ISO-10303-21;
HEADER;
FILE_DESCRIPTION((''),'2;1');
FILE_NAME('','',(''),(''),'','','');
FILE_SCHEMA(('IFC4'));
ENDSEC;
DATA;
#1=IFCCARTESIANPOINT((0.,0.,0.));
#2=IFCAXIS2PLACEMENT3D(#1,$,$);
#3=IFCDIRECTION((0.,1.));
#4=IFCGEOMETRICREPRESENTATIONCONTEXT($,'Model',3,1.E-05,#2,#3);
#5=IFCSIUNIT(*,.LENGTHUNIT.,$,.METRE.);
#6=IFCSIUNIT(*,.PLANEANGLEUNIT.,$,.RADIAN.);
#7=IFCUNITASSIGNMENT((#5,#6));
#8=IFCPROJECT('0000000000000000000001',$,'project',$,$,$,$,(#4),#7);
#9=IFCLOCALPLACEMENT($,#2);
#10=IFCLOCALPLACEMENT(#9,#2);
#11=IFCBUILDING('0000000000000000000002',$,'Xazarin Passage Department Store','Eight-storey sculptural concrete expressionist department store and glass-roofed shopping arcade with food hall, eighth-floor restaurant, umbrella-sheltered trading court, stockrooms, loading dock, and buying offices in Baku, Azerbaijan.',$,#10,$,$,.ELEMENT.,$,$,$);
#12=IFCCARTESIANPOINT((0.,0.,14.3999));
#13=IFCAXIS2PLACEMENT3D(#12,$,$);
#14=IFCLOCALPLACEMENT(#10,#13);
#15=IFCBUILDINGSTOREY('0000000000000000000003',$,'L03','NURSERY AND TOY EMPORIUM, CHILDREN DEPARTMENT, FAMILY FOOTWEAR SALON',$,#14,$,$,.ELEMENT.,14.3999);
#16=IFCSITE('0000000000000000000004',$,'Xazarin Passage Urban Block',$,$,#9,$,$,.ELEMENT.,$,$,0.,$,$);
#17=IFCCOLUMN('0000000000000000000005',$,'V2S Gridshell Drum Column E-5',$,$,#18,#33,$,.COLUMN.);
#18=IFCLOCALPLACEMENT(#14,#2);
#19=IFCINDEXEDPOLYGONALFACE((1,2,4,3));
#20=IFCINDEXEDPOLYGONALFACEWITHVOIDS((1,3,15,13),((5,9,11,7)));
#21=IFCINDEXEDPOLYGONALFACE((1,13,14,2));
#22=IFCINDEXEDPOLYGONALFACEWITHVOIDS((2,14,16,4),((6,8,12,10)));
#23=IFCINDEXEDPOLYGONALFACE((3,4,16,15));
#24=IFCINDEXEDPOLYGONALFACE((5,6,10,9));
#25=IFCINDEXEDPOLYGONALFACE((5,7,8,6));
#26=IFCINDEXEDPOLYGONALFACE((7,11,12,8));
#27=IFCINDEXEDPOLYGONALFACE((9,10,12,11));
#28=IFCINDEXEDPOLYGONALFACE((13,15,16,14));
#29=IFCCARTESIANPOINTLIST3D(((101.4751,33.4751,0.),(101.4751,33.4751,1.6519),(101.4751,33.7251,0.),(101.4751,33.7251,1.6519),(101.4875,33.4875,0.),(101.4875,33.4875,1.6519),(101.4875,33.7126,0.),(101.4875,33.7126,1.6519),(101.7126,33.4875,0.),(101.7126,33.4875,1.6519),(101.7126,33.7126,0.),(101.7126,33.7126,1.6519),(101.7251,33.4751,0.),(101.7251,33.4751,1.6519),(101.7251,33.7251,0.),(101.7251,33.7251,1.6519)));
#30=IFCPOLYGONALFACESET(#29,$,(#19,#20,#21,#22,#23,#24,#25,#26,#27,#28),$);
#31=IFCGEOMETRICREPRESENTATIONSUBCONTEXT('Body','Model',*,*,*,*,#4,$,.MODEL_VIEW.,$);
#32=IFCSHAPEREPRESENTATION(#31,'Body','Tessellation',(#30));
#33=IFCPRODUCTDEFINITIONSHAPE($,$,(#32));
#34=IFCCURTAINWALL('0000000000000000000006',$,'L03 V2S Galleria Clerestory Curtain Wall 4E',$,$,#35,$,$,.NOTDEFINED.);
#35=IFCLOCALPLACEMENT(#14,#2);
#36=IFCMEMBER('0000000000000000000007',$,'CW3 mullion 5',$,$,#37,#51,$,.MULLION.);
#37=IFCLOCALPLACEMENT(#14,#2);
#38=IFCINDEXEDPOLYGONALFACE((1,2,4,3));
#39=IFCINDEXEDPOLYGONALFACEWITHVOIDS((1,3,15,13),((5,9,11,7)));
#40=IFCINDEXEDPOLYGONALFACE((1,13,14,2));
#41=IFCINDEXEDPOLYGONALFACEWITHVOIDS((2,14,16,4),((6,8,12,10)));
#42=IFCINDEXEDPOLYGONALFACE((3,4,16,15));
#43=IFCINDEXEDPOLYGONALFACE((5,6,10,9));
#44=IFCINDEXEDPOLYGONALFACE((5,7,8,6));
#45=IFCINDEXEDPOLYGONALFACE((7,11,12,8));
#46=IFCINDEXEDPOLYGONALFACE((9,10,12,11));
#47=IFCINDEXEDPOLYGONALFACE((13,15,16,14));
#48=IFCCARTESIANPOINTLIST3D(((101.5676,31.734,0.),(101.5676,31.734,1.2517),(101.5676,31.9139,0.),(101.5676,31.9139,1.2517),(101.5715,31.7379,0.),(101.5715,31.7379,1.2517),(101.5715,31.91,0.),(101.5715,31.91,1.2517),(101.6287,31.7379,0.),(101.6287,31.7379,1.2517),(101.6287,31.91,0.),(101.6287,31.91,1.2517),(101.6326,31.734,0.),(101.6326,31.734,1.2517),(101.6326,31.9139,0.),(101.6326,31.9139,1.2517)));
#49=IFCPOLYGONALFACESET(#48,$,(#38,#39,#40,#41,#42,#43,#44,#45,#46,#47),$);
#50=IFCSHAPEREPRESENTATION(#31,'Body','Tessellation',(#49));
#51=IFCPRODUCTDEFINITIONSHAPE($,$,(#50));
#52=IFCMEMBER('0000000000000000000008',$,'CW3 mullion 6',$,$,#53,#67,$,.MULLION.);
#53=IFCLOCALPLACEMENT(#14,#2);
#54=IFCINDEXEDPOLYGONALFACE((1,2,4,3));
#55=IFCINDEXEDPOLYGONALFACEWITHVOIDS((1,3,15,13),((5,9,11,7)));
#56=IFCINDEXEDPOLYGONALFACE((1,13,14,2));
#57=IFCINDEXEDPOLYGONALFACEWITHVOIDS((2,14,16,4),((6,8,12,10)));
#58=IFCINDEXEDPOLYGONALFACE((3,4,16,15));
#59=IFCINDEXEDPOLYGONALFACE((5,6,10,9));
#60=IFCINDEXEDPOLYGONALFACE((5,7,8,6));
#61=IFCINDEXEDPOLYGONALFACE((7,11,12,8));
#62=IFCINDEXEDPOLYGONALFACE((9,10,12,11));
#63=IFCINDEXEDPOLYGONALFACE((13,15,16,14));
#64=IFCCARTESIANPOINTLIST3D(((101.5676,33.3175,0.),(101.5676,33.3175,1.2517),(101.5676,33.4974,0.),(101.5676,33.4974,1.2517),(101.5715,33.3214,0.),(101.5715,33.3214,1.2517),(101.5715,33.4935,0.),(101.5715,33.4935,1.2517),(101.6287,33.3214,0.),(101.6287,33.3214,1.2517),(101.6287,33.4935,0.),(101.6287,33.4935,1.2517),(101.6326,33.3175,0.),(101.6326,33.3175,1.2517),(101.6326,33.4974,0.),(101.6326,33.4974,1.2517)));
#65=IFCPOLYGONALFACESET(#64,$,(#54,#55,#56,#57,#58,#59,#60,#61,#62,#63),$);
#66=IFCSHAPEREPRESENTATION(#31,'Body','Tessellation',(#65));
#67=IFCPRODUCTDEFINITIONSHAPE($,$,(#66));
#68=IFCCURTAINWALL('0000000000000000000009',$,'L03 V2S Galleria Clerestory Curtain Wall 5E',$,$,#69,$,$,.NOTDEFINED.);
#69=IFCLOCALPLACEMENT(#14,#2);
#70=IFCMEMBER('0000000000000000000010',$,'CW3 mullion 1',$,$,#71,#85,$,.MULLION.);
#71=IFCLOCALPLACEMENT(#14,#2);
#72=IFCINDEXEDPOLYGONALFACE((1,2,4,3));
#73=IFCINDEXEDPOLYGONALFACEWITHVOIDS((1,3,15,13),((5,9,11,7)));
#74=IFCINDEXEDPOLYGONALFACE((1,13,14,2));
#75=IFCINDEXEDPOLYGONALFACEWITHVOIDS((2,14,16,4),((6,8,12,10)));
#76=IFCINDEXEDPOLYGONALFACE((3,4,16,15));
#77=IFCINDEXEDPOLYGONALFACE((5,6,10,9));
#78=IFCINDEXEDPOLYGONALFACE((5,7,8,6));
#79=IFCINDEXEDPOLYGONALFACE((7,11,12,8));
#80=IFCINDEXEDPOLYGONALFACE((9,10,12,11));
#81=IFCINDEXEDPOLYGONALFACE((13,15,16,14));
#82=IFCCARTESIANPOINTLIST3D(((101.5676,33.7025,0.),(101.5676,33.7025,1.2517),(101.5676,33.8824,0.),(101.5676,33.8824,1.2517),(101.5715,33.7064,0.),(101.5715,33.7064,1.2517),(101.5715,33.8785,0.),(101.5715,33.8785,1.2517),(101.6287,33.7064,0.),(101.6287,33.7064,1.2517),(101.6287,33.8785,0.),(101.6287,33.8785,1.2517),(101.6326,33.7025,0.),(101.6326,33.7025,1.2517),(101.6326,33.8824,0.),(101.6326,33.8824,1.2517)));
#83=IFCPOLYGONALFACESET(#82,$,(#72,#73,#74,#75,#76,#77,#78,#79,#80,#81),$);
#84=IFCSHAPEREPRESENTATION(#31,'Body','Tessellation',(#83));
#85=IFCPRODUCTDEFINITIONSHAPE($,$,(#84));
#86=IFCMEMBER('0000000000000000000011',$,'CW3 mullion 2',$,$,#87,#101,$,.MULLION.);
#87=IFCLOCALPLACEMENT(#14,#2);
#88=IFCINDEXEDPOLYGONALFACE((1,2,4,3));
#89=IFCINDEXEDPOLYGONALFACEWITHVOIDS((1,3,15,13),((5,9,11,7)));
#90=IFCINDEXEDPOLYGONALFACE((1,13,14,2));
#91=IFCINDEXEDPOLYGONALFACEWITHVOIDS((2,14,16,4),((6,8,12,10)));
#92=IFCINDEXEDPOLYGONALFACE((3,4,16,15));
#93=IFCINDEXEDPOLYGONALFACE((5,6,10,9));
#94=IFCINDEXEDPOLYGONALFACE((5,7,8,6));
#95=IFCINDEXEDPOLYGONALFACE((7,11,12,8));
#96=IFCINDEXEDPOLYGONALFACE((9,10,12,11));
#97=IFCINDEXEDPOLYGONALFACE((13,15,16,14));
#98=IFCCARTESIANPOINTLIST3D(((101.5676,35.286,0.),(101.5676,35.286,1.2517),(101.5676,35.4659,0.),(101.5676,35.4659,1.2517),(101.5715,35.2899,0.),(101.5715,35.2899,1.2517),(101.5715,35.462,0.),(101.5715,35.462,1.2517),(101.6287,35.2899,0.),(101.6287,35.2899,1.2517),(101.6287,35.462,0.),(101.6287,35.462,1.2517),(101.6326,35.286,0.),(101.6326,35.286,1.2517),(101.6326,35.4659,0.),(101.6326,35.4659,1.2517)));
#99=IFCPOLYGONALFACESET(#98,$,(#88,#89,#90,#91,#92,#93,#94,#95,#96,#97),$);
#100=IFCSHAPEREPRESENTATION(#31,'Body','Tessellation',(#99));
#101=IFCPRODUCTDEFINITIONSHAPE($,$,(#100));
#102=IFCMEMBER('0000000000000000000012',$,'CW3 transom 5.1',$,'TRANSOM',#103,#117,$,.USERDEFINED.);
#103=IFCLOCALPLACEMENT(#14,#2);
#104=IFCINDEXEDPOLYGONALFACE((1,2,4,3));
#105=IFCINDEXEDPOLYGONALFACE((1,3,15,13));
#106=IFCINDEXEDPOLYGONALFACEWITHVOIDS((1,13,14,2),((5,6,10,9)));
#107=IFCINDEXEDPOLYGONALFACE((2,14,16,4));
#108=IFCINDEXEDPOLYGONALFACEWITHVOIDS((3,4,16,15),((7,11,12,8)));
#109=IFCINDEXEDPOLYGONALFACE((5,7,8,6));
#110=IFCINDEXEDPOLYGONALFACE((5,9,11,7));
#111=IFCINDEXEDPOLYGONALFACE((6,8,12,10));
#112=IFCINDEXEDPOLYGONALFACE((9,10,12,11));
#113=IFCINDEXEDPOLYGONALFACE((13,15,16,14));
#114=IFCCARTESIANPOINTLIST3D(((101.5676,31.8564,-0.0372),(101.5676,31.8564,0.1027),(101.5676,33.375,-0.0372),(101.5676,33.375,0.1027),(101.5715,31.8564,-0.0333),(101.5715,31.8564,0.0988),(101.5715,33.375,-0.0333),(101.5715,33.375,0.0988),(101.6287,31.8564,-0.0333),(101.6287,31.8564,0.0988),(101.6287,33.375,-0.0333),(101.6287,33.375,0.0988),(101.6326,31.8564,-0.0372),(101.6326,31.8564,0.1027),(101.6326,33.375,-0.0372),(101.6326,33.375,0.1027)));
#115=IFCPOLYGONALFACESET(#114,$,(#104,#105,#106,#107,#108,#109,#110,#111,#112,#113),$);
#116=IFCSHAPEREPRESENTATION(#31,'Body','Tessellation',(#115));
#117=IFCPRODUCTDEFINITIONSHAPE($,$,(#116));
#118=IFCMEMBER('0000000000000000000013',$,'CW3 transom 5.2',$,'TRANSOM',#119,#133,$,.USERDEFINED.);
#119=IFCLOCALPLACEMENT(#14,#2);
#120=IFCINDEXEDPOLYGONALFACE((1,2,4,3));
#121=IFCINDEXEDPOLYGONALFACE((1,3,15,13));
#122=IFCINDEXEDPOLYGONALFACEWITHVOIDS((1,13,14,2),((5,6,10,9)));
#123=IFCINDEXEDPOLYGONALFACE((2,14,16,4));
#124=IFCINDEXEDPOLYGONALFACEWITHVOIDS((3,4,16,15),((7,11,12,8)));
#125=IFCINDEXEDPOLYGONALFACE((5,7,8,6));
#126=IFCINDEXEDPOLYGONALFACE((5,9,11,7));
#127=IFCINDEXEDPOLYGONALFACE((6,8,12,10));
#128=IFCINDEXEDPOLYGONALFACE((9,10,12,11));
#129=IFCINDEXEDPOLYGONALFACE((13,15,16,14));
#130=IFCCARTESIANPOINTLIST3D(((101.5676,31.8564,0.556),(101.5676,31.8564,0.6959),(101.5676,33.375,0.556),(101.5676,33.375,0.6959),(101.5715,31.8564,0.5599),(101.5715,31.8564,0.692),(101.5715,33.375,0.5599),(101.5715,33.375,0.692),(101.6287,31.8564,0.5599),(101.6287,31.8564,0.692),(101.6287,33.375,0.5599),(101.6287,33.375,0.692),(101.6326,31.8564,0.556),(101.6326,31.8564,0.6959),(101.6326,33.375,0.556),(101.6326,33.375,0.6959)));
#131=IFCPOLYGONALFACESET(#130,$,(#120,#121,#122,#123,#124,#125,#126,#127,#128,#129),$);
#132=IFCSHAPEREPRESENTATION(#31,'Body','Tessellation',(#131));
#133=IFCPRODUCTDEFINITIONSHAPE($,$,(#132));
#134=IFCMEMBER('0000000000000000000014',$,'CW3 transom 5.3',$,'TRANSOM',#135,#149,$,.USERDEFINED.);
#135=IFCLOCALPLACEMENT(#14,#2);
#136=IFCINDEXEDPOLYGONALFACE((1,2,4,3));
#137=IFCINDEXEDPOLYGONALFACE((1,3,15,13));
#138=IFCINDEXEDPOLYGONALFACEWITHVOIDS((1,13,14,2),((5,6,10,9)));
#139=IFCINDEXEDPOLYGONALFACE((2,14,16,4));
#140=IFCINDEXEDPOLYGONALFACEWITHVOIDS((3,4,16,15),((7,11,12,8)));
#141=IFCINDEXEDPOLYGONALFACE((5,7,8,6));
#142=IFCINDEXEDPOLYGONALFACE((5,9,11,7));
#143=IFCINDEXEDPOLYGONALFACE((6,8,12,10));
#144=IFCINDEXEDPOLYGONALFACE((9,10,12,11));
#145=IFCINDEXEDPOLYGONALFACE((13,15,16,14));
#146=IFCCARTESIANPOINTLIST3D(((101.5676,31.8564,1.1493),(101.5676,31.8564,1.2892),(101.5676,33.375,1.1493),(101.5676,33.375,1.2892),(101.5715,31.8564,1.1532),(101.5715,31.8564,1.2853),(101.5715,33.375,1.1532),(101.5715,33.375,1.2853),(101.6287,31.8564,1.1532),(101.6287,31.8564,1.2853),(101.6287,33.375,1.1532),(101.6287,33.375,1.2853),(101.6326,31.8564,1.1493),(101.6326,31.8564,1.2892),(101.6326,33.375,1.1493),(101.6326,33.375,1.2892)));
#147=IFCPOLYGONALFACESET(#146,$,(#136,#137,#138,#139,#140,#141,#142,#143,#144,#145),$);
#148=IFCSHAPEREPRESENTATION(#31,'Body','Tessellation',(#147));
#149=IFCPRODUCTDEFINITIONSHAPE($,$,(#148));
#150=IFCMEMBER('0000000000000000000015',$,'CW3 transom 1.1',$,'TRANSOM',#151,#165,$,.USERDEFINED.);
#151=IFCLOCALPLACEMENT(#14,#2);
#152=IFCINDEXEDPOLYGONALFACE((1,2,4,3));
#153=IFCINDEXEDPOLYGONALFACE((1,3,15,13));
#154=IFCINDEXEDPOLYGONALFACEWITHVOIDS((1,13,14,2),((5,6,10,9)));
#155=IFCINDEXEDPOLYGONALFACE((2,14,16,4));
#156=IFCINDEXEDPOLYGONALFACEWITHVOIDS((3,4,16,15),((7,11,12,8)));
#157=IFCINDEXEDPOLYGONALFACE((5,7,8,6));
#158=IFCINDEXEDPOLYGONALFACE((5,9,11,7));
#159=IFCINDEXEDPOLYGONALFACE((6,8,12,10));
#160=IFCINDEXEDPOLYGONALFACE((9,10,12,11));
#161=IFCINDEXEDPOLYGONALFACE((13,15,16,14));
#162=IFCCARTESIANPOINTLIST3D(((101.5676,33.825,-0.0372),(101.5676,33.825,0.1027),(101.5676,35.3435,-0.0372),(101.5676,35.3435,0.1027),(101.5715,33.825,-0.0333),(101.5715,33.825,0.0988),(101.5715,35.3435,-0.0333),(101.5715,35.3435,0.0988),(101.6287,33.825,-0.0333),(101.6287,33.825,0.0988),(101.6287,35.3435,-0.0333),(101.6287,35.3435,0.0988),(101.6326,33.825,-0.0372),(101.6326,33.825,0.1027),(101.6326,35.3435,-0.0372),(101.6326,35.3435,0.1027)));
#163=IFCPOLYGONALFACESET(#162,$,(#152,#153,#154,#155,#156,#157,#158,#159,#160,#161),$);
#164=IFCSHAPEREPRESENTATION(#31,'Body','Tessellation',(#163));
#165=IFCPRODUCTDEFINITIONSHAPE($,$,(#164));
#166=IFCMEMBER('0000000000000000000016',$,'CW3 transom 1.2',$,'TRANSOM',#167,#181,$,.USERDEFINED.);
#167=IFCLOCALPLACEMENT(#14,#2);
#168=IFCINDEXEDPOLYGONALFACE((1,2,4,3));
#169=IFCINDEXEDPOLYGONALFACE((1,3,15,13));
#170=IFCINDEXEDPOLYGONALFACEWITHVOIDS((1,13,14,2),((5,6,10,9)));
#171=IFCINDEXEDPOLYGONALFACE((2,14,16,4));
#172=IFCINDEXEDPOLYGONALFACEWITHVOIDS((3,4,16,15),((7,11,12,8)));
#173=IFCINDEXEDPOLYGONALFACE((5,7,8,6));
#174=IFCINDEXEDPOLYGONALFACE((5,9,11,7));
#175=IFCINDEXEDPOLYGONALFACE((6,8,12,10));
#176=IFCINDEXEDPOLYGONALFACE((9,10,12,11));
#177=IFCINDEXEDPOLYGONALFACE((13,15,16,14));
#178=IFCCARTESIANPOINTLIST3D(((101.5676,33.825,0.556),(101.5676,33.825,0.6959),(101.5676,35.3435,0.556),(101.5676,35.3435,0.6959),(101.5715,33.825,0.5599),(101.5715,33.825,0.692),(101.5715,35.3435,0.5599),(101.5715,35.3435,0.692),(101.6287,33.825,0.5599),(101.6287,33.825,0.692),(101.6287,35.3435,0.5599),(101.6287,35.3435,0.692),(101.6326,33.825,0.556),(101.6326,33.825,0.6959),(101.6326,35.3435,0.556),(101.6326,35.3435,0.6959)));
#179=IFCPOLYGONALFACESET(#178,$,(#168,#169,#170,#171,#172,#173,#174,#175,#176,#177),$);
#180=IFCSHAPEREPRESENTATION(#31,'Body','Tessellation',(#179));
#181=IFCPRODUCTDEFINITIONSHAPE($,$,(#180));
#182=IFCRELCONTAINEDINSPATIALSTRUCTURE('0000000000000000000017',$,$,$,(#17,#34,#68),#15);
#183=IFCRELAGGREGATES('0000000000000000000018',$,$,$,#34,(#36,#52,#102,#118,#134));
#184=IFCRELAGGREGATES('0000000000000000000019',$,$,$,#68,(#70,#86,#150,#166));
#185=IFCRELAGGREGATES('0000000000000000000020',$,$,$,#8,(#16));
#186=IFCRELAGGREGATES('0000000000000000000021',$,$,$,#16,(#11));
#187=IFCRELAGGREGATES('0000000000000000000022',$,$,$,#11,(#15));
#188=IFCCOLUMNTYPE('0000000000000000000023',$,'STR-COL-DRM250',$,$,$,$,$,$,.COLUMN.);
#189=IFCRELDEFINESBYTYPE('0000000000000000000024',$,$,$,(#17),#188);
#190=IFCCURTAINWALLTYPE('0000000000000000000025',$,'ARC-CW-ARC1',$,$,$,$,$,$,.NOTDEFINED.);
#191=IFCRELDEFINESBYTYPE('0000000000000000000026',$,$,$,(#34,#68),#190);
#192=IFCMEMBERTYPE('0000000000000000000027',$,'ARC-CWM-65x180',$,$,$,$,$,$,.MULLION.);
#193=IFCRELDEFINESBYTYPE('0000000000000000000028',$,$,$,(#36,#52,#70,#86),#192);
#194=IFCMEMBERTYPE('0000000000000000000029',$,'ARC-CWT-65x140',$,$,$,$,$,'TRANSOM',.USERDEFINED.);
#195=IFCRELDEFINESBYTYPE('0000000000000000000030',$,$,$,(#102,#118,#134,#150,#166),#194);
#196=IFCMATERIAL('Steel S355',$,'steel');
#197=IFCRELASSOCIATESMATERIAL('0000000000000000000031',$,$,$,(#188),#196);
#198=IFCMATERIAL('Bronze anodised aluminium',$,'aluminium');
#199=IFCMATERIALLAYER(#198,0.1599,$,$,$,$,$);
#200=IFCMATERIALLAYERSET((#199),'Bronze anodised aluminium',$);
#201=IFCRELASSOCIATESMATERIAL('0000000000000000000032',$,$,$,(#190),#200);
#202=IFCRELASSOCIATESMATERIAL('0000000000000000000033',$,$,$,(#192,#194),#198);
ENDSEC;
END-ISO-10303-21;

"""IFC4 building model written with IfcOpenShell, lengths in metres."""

from ifc_helpers import new_model, si_unit, direction, frame, origin, origin_2d, place, context, subcontext, project, spatial, hollow_rectangle, extrude, material, layer, layer_set, material_profile, profile_set, type_object, element, aggregate, save


model = new_model("IFC4")

# Units and contexts
model_context = context("Model", 3, precision=1e-05, world=origin(), true_north=direction((0.0, 1.0)))
body_context = subcontext(model_context, "Body", "Model", "MODEL_VIEW")
ifc_project = project(units=[si_unit("LENGTHUNIT", "METRE"), si_unit("PLANEANGLEUNIT", "RADIAN")], contexts=[model_context])

# Site, building, storey
site_placement = place(None, origin())
site = spatial("IfcSite", under=ifc_project, at=site_placement, Name="Xazarin Passage Urban Block", CompositionType="ELEMENT", RefElevation=0.0)
building_placement = place(site_placement, origin())
building = spatial("IfcBuilding", under=site, at=building_placement, Name="Xazarin Passage Department Store", Description="Eight-storey sculptural concrete expressionist department store and glass-roofed shopping arcade with food hall, eighth-floor restaurant, umbrella-sheltered trading court, stockrooms, loading dock, and buying offices in Baku, Azerbaijan.", CompositionType="ELEMENT")
storey_placement = place(building_placement, frame((0.0, 0.0, 14.3999)))
storey = spatial("IfcBuildingStorey", under=building, at=storey_placement, Name="L03", Description="NURSERY AND TOY EMPORIUM, CHILDREN DEPARTMENT, FAMILY FOOTWEAR SALON", CompositionType="ELEMENT", Elevation=14.3999)

# Column
ifc_material_1 = material(Name="Steel S355", Category="steel")
ifc_material_profile_1 = material_profile(ifc_material_1, hollow_rectangle(XDim=0.25, YDim=0.25, WallThickness=0.0125, at=origin_2d()), Name="SHS 250x250x12.5")
ifc_profile_set_1 = profile_set([ifc_material_profile_1], Name="Steel S355")
column_type = type_object("IfcColumnType", Name="STR-COL-DRM250", PredefinedType="COLUMN", material=ifc_profile_set_1)
column_placement = place(storey_placement, frame((101.6001, 33.6001, 0.0), z_axis=(0.0, 0.0, 1.0), x_axis=(1.0, 0.0, 0.0)))
element("IfcColumn", 1, at=column_placement, inside=storey, type_object=column_type, Name="V2S Gridshell Drum Column E-5", PredefinedType="COLUMN", context=body_context, shape_type="SweptSolid", body=[
    extrude(hollow_rectangle(XDim=0.25, YDim=0.25, WallThickness=0.0125, at=origin_2d()), origin(), (0.0, 0.0, 1.0), 1.6519),
])

# Curtain walls, members
ifc_material_2 = material(Name="Bronze anodised aluminium", Category="aluminium")
ifc_layer_1 = layer(ifc_material_2, 0.1599)
ifc_layer_set_1 = layer_set([ifc_layer_1], Name="Bronze anodised aluminium")
curtain_wall_type = type_object("IfcCurtainWallType", Name="ARC-CW-ARC1", PredefinedType="NOTDEFINED", material=ifc_layer_set_1)
curtain_wall_1_placement = place(storey_placement, origin())
curtain_wall_1 = element("IfcCurtainWall", 2, at=curtain_wall_1_placement, inside=storey, type_object=curtain_wall_type, Name="L03 V2S Galleria Clerestory Curtain Wall 4E", PredefinedType="NOTDEFINED")
ifc_material_profile_2 = material_profile(ifc_material_2, hollow_rectangle(XDim=0.0649, YDim=0.1799, WallThickness=0.0039, at=origin_2d()), Name="ALU 65x180")
ifc_profile_set_2 = profile_set([ifc_material_profile_2], Name="Bronze anodised aluminium")
member_type_1 = type_object("IfcMemberType", Name="ARC-CWM-65x180", PredefinedType="MULLION", material=ifc_profile_set_2)
member_1_placement = place(storey_placement, frame((101.6001, 31.824, 0.0), z_axis=(0.0, 0.0, 1.0), x_axis=(-1.0, 0.0, 0.0)))
member_1 = element("IfcMember", 3, at=member_1_placement, type_object=member_type_1, Name="CW3 mullion 5", PredefinedType="MULLION", context=body_context, shape_type="SweptSolid", body=[
    extrude(hollow_rectangle(XDim=0.0649, YDim=0.1799, WallThickness=0.0039, at=origin_2d()), origin(), (0.0, 0.0, 1.0), 1.2517),
])
member_2_placement = place(storey_placement, frame((101.6001, 33.4075, 0.0), z_axis=(0.0, 0.0, 1.0), x_axis=(-1.0, 0.0, 0.0)))
member_2 = element("IfcMember", 4, at=member_2_placement, type_object=member_type_1, Name="CW3 mullion 6", PredefinedType="MULLION", context=body_context, shape_type="SweptSolid", body=[
    extrude(hollow_rectangle(XDim=0.0649, YDim=0.1799, WallThickness=0.0039, at=origin_2d()), origin(), (0.0, 0.0, 1.0), 1.2517),
])
curtain_wall_2_placement = place(storey_placement, origin())
curtain_wall_2 = element("IfcCurtainWall", 5, at=curtain_wall_2_placement, inside=storey, type_object=curtain_wall_type, Name="L03 V2S Galleria Clerestory Curtain Wall 5E", PredefinedType="NOTDEFINED")
member_3_placement = place(storey_placement, frame((101.6001, 33.7925, 0.0), z_axis=(0.0, 0.0, 1.0), x_axis=(-1.0, 0.0, 0.0)))
member_3 = element("IfcMember", 6, at=member_3_placement, type_object=member_type_1, Name="CW3 mullion 1", PredefinedType="MULLION", context=body_context, shape_type="SweptSolid", body=[
    extrude(hollow_rectangle(XDim=0.0649, YDim=0.1799, WallThickness=0.0039, at=origin_2d()), origin(), (0.0, 0.0, 1.0), 1.2517),
])
member_4_placement = place(storey_placement, frame((101.6001, 35.376, 0.0), z_axis=(0.0, 0.0, 1.0), x_axis=(-1.0, 0.0, 0.0)))
member_4 = element("IfcMember", 7, at=member_4_placement, type_object=member_type_1, Name="CW3 mullion 2", PredefinedType="MULLION", context=body_context, shape_type="SweptSolid", body=[
    extrude(hollow_rectangle(XDim=0.0649, YDim=0.1799, WallThickness=0.0039, at=origin_2d()), origin(), (0.0, 0.0, 1.0), 1.2517),
])

# Members
ifc_material_profile_3 = material_profile(ifc_material_2, hollow_rectangle(XDim=0.0649, YDim=0.1399, WallThickness=0.0039, at=origin_2d()), Name="ALU 65x140")
ifc_profile_set_3 = profile_set([ifc_material_profile_3], Name="Bronze anodised aluminium")
member_type_2 = type_object("IfcMemberType", Name="ARC-CWT-65x140", ElementType="TRANSOM", PredefinedType="USERDEFINED", material=ifc_profile_set_3)
member_5_placement = place(storey_placement, frame((101.6001, 31.8564, 0.0327), z_axis=(0.0, 1.0, 0.0), x_axis=(-1.0, 0.0, 0.0)))
member_5 = element("IfcMember", 8, at=member_5_placement, type_object=member_type_2, Name="CW3 transom 5.1", ObjectType="TRANSOM", PredefinedType="USERDEFINED", context=body_context, shape_type="SweptSolid", body=[
    extrude(hollow_rectangle(XDim=0.0649, YDim=0.1399, WallThickness=0.0039, at=origin_2d()), origin(), (0.0, 0.0, 1.0), 1.5186),
])
member_6_placement = place(storey_placement, frame((101.6001, 31.8564, 0.626), z_axis=(0.0, 1.0, 0.0), x_axis=(-1.0, 0.0, 0.0)))
member_6 = element("IfcMember", 9, at=member_6_placement, type_object=member_type_2, Name="CW3 transom 5.2", ObjectType="TRANSOM", PredefinedType="USERDEFINED", context=body_context, shape_type="SweptSolid", body=[
    extrude(hollow_rectangle(XDim=0.0649, YDim=0.1399, WallThickness=0.0039, at=origin_2d()), origin(), (0.0, 0.0, 1.0), 1.5186),
])
member_7_placement = place(storey_placement, frame((101.6001, 31.8564, 1.2192), z_axis=(0.0, 1.0, 0.0), x_axis=(-1.0, 0.0, 0.0)))
member_7 = element("IfcMember", 10, at=member_7_placement, type_object=member_type_2, Name="CW3 transom 5.3", ObjectType="TRANSOM", PredefinedType="USERDEFINED", context=body_context, shape_type="SweptSolid", body=[
    extrude(hollow_rectangle(XDim=0.0649, YDim=0.1399, WallThickness=0.0039, at=origin_2d()), origin(), (0.0, 0.0, 1.0), 1.5186),
])
member_8_placement = place(storey_placement, frame((101.6001, 33.825, 0.0327), z_axis=(0.0, 1.0, 0.0), x_axis=(-1.0, 0.0, 0.0)))
member_8 = element("IfcMember", 11, at=member_8_placement, type_object=member_type_2, Name="CW3 transom 1.1", ObjectType="TRANSOM", PredefinedType="USERDEFINED", context=body_context, shape_type="SweptSolid", body=[
    extrude(hollow_rectangle(XDim=0.0649, YDim=0.1399, WallThickness=0.0039, at=origin_2d()), origin(), (0.0, 0.0, 1.0), 1.5186),
])
member_9_placement = place(storey_placement, frame((101.6001, 33.825, 0.626), z_axis=(0.0, 1.0, 0.0), x_axis=(-1.0, 0.0, 0.0)))
member_9 = element("IfcMember", 12, at=member_9_placement, type_object=member_type_2, Name="CW3 transom 1.2", ObjectType="TRANSOM", PredefinedType="USERDEFINED", context=body_context, shape_type="SweptSolid", body=[
    extrude(hollow_rectangle(XDim=0.0649, YDim=0.1399, WallThickness=0.0039, at=origin_2d()), origin(), (0.0, 0.0, 1.0), 1.5186),
])

aggregate(curtain_wall_1, [member_1, member_2, member_5, member_6, member_7])
aggregate(curtain_wall_2, [member_3, member_4, member_8, member_9])

save(model, "model.ifc")
